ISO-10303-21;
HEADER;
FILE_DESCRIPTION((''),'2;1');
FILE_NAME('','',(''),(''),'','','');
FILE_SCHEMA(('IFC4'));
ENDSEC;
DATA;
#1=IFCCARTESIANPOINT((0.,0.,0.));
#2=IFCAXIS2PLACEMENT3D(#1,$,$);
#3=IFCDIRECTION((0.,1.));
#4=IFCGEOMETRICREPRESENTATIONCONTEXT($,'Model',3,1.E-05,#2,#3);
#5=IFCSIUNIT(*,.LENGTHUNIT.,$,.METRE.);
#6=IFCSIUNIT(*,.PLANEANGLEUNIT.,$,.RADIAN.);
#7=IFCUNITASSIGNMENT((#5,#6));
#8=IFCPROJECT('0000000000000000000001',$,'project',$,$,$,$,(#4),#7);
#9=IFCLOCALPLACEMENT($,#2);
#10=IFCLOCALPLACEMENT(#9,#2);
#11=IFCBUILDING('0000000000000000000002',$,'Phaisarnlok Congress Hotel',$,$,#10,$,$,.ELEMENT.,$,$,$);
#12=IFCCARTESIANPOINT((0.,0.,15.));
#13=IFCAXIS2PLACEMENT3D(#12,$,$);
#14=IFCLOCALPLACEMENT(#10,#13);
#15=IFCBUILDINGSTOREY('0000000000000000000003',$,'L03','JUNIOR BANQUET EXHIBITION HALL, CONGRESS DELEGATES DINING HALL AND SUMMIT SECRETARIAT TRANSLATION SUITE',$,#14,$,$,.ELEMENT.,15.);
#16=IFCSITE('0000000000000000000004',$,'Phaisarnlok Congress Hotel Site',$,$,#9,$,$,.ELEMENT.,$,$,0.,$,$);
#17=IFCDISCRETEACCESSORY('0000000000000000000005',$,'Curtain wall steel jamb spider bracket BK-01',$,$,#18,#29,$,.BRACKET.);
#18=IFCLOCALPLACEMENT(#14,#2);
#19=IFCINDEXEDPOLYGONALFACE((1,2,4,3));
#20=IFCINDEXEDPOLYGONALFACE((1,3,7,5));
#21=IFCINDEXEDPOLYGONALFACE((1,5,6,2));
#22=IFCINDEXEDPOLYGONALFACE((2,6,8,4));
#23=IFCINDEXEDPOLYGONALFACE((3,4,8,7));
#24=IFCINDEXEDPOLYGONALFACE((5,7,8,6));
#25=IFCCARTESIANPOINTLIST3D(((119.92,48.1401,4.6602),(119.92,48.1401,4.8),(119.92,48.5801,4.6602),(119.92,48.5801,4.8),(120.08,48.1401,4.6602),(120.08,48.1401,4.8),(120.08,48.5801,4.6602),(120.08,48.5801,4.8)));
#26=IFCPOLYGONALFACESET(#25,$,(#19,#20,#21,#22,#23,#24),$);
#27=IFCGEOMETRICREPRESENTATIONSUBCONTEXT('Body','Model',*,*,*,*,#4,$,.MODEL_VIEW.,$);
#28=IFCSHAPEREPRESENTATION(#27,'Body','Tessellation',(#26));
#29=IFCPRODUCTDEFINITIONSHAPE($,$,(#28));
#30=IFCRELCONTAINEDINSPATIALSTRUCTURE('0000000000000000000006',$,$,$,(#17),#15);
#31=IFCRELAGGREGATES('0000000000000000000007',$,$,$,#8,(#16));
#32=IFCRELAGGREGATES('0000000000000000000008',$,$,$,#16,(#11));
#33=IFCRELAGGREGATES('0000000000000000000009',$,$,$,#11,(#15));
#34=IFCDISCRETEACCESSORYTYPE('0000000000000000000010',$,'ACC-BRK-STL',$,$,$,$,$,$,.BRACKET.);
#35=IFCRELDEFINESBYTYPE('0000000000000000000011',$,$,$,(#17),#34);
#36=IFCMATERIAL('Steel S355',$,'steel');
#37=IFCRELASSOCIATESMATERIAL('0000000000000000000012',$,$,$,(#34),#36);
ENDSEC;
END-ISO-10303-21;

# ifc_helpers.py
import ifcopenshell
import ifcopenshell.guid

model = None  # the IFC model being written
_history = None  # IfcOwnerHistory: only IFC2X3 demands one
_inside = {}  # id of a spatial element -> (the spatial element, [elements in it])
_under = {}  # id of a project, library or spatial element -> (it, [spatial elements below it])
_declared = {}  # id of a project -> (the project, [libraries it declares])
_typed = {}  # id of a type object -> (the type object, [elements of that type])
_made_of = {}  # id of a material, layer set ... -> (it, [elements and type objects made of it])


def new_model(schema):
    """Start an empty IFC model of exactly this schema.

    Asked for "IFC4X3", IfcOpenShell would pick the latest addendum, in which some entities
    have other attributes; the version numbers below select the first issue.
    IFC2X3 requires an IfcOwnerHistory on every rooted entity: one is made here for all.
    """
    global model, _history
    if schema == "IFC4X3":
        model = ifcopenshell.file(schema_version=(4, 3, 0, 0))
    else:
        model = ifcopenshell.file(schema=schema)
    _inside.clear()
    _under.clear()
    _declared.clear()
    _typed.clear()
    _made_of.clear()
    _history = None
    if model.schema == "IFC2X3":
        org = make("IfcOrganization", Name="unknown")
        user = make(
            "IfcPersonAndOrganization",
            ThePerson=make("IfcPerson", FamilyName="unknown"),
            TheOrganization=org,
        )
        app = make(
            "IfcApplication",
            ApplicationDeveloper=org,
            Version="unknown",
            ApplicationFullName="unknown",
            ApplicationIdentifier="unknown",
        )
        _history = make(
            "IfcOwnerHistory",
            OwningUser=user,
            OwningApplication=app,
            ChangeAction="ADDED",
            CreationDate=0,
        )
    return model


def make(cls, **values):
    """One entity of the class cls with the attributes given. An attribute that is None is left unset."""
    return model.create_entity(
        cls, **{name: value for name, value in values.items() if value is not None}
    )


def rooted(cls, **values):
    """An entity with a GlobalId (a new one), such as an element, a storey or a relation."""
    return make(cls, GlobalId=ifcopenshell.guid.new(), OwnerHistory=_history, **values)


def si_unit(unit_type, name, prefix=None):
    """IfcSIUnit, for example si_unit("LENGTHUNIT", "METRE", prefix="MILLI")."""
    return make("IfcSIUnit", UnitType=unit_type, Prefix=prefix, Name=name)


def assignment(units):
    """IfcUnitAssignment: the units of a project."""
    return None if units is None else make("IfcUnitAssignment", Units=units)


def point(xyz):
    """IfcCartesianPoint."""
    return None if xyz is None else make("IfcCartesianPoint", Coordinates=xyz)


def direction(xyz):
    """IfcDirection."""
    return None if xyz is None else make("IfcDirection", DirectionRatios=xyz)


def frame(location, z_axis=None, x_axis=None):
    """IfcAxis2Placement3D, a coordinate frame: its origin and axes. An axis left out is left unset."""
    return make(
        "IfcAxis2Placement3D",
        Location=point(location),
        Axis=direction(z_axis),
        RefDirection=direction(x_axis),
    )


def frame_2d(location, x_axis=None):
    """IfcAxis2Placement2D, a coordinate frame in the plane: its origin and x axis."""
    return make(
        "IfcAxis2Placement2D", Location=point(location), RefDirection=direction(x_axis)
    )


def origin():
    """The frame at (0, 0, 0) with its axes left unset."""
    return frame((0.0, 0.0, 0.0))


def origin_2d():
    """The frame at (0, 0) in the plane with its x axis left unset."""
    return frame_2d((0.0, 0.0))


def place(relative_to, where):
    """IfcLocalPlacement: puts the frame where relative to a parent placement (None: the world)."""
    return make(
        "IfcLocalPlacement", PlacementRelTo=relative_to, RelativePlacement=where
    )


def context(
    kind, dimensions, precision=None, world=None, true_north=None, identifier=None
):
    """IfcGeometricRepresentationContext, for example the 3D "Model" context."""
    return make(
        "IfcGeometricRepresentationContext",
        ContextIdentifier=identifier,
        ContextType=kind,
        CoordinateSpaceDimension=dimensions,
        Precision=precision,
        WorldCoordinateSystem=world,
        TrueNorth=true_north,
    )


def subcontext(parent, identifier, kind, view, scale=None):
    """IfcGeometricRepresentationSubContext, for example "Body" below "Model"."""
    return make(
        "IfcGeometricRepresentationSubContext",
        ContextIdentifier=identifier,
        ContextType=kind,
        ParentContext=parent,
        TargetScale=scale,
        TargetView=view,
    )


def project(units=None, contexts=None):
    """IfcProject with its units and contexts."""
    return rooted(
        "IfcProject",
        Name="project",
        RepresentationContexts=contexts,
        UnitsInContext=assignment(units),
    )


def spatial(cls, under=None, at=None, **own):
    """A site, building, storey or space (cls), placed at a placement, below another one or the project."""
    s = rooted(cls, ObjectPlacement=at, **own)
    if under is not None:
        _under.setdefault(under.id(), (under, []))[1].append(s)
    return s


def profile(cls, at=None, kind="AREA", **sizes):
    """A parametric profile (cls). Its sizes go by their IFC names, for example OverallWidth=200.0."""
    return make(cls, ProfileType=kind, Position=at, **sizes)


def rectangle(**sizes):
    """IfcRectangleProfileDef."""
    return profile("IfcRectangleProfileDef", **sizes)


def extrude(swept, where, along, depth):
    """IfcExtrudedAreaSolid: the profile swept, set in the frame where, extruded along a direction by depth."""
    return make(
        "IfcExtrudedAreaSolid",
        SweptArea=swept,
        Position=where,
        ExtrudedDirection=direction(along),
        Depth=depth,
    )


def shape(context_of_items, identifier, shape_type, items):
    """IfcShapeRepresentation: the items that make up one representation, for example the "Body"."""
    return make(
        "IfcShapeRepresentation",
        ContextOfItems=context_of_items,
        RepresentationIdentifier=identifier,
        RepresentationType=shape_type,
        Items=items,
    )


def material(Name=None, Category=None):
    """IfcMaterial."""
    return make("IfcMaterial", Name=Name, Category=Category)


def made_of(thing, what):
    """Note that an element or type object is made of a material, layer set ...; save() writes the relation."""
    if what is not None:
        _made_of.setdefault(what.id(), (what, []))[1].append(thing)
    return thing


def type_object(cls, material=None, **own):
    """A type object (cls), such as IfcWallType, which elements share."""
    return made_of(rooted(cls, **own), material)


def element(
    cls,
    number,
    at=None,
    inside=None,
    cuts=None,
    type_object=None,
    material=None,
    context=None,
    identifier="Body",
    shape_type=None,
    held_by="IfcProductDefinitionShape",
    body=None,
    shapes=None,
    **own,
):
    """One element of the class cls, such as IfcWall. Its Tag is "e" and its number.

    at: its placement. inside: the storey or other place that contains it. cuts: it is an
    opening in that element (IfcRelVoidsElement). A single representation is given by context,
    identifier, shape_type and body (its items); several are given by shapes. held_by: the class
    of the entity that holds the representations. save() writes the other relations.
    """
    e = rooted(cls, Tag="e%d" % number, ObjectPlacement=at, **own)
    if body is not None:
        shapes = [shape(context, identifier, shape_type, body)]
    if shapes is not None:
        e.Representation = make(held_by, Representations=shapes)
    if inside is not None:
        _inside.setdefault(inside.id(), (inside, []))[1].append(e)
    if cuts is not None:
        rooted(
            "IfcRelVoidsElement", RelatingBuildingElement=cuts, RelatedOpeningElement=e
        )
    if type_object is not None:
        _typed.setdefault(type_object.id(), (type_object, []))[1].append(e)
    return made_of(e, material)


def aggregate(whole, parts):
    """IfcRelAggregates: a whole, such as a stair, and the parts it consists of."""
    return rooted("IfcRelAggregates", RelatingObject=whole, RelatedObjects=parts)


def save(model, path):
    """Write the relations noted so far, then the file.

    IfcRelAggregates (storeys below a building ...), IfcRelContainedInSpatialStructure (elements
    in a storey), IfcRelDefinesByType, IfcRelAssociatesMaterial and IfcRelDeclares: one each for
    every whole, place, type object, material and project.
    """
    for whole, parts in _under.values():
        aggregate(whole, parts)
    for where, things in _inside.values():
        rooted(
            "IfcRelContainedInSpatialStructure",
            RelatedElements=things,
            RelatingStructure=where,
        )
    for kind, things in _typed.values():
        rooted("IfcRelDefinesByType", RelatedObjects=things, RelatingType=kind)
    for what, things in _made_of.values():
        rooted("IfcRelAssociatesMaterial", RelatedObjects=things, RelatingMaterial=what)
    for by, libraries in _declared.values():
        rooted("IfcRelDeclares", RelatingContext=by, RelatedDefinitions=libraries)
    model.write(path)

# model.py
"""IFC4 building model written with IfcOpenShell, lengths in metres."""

from ifc_helpers import new_model, si_unit, direction, frame, origin, origin_2d, place, context, subcontext, project, spatial, rectangle, extrude, material, type_object, element, save


model = new_model("IFC4")

# Units and contexts
model_context = context("Model", 3, precision=1e-05, world=origin(), true_north=direction((0.0, 1.0)))
body_context = subcontext(model_context, "Body", "Model", "MODEL_VIEW")
ifc_project = project(units=[si_unit("LENGTHUNIT", "METRE"), si_unit("PLANEANGLEUNIT", "RADIAN")], contexts=[model_context])

# Site, building, storey
site_placement = place(None, origin())
site = spatial("IfcSite", under=ifc_project, at=site_placement, Name="Phaisarnlok Congress Hotel Site", CompositionType="ELEMENT", RefElevation=0.0)
building_placement = place(site_placement, origin())
building = spatial("IfcBuilding", under=site, at=building_placement, Name="Phaisarnlok Congress Hotel", CompositionType="ELEMENT")
storey_placement = place(building_placement, frame((0.0, 0.0, 15.0)))
storey = spatial("IfcBuildingStorey", under=building, at=storey_placement, Name="L03", Description="JUNIOR BANQUET EXHIBITION HALL, CONGRESS DELEGATES DINING HALL AND SUMMIT SECRETARIAT TRANSLATION SUITE", CompositionType="ELEMENT", Elevation=15.0)

# Shared definitions
ifc_material_1 = material(Name="Steel S355", Category="steel")

# Discrete accessory
discrete_accessory_type = type_object("IfcDiscreteAccessoryType", Name="ACC-BRK-STL", PredefinedType="BRACKET", material=ifc_material_1)
for number, where, z_axis, x_axis, name in (
    (1, (120.0, 48.3601, 4.6602), (0.0, 0.0, 1.0), (1.0, 0.0, 0.0), "Curtain wall steel jamb spider bracket BK-01"),
):
    element("IfcDiscreteAccessory", number, at=place(storey_placement, frame(where, z_axis=z_axis, x_axis=x_axis)), inside=storey, type_object=discrete_accessory_type, Name=name, PredefinedType="BRACKET", context=body_context, shape_type="SweptSolid", body=[
        extrude(rectangle(XDim=0.1599, YDim=0.4399, at=origin_2d()), origin(), (0.0, 0.0, 1.0), 0.1399),
    ])

save(model, "model.ifc")
